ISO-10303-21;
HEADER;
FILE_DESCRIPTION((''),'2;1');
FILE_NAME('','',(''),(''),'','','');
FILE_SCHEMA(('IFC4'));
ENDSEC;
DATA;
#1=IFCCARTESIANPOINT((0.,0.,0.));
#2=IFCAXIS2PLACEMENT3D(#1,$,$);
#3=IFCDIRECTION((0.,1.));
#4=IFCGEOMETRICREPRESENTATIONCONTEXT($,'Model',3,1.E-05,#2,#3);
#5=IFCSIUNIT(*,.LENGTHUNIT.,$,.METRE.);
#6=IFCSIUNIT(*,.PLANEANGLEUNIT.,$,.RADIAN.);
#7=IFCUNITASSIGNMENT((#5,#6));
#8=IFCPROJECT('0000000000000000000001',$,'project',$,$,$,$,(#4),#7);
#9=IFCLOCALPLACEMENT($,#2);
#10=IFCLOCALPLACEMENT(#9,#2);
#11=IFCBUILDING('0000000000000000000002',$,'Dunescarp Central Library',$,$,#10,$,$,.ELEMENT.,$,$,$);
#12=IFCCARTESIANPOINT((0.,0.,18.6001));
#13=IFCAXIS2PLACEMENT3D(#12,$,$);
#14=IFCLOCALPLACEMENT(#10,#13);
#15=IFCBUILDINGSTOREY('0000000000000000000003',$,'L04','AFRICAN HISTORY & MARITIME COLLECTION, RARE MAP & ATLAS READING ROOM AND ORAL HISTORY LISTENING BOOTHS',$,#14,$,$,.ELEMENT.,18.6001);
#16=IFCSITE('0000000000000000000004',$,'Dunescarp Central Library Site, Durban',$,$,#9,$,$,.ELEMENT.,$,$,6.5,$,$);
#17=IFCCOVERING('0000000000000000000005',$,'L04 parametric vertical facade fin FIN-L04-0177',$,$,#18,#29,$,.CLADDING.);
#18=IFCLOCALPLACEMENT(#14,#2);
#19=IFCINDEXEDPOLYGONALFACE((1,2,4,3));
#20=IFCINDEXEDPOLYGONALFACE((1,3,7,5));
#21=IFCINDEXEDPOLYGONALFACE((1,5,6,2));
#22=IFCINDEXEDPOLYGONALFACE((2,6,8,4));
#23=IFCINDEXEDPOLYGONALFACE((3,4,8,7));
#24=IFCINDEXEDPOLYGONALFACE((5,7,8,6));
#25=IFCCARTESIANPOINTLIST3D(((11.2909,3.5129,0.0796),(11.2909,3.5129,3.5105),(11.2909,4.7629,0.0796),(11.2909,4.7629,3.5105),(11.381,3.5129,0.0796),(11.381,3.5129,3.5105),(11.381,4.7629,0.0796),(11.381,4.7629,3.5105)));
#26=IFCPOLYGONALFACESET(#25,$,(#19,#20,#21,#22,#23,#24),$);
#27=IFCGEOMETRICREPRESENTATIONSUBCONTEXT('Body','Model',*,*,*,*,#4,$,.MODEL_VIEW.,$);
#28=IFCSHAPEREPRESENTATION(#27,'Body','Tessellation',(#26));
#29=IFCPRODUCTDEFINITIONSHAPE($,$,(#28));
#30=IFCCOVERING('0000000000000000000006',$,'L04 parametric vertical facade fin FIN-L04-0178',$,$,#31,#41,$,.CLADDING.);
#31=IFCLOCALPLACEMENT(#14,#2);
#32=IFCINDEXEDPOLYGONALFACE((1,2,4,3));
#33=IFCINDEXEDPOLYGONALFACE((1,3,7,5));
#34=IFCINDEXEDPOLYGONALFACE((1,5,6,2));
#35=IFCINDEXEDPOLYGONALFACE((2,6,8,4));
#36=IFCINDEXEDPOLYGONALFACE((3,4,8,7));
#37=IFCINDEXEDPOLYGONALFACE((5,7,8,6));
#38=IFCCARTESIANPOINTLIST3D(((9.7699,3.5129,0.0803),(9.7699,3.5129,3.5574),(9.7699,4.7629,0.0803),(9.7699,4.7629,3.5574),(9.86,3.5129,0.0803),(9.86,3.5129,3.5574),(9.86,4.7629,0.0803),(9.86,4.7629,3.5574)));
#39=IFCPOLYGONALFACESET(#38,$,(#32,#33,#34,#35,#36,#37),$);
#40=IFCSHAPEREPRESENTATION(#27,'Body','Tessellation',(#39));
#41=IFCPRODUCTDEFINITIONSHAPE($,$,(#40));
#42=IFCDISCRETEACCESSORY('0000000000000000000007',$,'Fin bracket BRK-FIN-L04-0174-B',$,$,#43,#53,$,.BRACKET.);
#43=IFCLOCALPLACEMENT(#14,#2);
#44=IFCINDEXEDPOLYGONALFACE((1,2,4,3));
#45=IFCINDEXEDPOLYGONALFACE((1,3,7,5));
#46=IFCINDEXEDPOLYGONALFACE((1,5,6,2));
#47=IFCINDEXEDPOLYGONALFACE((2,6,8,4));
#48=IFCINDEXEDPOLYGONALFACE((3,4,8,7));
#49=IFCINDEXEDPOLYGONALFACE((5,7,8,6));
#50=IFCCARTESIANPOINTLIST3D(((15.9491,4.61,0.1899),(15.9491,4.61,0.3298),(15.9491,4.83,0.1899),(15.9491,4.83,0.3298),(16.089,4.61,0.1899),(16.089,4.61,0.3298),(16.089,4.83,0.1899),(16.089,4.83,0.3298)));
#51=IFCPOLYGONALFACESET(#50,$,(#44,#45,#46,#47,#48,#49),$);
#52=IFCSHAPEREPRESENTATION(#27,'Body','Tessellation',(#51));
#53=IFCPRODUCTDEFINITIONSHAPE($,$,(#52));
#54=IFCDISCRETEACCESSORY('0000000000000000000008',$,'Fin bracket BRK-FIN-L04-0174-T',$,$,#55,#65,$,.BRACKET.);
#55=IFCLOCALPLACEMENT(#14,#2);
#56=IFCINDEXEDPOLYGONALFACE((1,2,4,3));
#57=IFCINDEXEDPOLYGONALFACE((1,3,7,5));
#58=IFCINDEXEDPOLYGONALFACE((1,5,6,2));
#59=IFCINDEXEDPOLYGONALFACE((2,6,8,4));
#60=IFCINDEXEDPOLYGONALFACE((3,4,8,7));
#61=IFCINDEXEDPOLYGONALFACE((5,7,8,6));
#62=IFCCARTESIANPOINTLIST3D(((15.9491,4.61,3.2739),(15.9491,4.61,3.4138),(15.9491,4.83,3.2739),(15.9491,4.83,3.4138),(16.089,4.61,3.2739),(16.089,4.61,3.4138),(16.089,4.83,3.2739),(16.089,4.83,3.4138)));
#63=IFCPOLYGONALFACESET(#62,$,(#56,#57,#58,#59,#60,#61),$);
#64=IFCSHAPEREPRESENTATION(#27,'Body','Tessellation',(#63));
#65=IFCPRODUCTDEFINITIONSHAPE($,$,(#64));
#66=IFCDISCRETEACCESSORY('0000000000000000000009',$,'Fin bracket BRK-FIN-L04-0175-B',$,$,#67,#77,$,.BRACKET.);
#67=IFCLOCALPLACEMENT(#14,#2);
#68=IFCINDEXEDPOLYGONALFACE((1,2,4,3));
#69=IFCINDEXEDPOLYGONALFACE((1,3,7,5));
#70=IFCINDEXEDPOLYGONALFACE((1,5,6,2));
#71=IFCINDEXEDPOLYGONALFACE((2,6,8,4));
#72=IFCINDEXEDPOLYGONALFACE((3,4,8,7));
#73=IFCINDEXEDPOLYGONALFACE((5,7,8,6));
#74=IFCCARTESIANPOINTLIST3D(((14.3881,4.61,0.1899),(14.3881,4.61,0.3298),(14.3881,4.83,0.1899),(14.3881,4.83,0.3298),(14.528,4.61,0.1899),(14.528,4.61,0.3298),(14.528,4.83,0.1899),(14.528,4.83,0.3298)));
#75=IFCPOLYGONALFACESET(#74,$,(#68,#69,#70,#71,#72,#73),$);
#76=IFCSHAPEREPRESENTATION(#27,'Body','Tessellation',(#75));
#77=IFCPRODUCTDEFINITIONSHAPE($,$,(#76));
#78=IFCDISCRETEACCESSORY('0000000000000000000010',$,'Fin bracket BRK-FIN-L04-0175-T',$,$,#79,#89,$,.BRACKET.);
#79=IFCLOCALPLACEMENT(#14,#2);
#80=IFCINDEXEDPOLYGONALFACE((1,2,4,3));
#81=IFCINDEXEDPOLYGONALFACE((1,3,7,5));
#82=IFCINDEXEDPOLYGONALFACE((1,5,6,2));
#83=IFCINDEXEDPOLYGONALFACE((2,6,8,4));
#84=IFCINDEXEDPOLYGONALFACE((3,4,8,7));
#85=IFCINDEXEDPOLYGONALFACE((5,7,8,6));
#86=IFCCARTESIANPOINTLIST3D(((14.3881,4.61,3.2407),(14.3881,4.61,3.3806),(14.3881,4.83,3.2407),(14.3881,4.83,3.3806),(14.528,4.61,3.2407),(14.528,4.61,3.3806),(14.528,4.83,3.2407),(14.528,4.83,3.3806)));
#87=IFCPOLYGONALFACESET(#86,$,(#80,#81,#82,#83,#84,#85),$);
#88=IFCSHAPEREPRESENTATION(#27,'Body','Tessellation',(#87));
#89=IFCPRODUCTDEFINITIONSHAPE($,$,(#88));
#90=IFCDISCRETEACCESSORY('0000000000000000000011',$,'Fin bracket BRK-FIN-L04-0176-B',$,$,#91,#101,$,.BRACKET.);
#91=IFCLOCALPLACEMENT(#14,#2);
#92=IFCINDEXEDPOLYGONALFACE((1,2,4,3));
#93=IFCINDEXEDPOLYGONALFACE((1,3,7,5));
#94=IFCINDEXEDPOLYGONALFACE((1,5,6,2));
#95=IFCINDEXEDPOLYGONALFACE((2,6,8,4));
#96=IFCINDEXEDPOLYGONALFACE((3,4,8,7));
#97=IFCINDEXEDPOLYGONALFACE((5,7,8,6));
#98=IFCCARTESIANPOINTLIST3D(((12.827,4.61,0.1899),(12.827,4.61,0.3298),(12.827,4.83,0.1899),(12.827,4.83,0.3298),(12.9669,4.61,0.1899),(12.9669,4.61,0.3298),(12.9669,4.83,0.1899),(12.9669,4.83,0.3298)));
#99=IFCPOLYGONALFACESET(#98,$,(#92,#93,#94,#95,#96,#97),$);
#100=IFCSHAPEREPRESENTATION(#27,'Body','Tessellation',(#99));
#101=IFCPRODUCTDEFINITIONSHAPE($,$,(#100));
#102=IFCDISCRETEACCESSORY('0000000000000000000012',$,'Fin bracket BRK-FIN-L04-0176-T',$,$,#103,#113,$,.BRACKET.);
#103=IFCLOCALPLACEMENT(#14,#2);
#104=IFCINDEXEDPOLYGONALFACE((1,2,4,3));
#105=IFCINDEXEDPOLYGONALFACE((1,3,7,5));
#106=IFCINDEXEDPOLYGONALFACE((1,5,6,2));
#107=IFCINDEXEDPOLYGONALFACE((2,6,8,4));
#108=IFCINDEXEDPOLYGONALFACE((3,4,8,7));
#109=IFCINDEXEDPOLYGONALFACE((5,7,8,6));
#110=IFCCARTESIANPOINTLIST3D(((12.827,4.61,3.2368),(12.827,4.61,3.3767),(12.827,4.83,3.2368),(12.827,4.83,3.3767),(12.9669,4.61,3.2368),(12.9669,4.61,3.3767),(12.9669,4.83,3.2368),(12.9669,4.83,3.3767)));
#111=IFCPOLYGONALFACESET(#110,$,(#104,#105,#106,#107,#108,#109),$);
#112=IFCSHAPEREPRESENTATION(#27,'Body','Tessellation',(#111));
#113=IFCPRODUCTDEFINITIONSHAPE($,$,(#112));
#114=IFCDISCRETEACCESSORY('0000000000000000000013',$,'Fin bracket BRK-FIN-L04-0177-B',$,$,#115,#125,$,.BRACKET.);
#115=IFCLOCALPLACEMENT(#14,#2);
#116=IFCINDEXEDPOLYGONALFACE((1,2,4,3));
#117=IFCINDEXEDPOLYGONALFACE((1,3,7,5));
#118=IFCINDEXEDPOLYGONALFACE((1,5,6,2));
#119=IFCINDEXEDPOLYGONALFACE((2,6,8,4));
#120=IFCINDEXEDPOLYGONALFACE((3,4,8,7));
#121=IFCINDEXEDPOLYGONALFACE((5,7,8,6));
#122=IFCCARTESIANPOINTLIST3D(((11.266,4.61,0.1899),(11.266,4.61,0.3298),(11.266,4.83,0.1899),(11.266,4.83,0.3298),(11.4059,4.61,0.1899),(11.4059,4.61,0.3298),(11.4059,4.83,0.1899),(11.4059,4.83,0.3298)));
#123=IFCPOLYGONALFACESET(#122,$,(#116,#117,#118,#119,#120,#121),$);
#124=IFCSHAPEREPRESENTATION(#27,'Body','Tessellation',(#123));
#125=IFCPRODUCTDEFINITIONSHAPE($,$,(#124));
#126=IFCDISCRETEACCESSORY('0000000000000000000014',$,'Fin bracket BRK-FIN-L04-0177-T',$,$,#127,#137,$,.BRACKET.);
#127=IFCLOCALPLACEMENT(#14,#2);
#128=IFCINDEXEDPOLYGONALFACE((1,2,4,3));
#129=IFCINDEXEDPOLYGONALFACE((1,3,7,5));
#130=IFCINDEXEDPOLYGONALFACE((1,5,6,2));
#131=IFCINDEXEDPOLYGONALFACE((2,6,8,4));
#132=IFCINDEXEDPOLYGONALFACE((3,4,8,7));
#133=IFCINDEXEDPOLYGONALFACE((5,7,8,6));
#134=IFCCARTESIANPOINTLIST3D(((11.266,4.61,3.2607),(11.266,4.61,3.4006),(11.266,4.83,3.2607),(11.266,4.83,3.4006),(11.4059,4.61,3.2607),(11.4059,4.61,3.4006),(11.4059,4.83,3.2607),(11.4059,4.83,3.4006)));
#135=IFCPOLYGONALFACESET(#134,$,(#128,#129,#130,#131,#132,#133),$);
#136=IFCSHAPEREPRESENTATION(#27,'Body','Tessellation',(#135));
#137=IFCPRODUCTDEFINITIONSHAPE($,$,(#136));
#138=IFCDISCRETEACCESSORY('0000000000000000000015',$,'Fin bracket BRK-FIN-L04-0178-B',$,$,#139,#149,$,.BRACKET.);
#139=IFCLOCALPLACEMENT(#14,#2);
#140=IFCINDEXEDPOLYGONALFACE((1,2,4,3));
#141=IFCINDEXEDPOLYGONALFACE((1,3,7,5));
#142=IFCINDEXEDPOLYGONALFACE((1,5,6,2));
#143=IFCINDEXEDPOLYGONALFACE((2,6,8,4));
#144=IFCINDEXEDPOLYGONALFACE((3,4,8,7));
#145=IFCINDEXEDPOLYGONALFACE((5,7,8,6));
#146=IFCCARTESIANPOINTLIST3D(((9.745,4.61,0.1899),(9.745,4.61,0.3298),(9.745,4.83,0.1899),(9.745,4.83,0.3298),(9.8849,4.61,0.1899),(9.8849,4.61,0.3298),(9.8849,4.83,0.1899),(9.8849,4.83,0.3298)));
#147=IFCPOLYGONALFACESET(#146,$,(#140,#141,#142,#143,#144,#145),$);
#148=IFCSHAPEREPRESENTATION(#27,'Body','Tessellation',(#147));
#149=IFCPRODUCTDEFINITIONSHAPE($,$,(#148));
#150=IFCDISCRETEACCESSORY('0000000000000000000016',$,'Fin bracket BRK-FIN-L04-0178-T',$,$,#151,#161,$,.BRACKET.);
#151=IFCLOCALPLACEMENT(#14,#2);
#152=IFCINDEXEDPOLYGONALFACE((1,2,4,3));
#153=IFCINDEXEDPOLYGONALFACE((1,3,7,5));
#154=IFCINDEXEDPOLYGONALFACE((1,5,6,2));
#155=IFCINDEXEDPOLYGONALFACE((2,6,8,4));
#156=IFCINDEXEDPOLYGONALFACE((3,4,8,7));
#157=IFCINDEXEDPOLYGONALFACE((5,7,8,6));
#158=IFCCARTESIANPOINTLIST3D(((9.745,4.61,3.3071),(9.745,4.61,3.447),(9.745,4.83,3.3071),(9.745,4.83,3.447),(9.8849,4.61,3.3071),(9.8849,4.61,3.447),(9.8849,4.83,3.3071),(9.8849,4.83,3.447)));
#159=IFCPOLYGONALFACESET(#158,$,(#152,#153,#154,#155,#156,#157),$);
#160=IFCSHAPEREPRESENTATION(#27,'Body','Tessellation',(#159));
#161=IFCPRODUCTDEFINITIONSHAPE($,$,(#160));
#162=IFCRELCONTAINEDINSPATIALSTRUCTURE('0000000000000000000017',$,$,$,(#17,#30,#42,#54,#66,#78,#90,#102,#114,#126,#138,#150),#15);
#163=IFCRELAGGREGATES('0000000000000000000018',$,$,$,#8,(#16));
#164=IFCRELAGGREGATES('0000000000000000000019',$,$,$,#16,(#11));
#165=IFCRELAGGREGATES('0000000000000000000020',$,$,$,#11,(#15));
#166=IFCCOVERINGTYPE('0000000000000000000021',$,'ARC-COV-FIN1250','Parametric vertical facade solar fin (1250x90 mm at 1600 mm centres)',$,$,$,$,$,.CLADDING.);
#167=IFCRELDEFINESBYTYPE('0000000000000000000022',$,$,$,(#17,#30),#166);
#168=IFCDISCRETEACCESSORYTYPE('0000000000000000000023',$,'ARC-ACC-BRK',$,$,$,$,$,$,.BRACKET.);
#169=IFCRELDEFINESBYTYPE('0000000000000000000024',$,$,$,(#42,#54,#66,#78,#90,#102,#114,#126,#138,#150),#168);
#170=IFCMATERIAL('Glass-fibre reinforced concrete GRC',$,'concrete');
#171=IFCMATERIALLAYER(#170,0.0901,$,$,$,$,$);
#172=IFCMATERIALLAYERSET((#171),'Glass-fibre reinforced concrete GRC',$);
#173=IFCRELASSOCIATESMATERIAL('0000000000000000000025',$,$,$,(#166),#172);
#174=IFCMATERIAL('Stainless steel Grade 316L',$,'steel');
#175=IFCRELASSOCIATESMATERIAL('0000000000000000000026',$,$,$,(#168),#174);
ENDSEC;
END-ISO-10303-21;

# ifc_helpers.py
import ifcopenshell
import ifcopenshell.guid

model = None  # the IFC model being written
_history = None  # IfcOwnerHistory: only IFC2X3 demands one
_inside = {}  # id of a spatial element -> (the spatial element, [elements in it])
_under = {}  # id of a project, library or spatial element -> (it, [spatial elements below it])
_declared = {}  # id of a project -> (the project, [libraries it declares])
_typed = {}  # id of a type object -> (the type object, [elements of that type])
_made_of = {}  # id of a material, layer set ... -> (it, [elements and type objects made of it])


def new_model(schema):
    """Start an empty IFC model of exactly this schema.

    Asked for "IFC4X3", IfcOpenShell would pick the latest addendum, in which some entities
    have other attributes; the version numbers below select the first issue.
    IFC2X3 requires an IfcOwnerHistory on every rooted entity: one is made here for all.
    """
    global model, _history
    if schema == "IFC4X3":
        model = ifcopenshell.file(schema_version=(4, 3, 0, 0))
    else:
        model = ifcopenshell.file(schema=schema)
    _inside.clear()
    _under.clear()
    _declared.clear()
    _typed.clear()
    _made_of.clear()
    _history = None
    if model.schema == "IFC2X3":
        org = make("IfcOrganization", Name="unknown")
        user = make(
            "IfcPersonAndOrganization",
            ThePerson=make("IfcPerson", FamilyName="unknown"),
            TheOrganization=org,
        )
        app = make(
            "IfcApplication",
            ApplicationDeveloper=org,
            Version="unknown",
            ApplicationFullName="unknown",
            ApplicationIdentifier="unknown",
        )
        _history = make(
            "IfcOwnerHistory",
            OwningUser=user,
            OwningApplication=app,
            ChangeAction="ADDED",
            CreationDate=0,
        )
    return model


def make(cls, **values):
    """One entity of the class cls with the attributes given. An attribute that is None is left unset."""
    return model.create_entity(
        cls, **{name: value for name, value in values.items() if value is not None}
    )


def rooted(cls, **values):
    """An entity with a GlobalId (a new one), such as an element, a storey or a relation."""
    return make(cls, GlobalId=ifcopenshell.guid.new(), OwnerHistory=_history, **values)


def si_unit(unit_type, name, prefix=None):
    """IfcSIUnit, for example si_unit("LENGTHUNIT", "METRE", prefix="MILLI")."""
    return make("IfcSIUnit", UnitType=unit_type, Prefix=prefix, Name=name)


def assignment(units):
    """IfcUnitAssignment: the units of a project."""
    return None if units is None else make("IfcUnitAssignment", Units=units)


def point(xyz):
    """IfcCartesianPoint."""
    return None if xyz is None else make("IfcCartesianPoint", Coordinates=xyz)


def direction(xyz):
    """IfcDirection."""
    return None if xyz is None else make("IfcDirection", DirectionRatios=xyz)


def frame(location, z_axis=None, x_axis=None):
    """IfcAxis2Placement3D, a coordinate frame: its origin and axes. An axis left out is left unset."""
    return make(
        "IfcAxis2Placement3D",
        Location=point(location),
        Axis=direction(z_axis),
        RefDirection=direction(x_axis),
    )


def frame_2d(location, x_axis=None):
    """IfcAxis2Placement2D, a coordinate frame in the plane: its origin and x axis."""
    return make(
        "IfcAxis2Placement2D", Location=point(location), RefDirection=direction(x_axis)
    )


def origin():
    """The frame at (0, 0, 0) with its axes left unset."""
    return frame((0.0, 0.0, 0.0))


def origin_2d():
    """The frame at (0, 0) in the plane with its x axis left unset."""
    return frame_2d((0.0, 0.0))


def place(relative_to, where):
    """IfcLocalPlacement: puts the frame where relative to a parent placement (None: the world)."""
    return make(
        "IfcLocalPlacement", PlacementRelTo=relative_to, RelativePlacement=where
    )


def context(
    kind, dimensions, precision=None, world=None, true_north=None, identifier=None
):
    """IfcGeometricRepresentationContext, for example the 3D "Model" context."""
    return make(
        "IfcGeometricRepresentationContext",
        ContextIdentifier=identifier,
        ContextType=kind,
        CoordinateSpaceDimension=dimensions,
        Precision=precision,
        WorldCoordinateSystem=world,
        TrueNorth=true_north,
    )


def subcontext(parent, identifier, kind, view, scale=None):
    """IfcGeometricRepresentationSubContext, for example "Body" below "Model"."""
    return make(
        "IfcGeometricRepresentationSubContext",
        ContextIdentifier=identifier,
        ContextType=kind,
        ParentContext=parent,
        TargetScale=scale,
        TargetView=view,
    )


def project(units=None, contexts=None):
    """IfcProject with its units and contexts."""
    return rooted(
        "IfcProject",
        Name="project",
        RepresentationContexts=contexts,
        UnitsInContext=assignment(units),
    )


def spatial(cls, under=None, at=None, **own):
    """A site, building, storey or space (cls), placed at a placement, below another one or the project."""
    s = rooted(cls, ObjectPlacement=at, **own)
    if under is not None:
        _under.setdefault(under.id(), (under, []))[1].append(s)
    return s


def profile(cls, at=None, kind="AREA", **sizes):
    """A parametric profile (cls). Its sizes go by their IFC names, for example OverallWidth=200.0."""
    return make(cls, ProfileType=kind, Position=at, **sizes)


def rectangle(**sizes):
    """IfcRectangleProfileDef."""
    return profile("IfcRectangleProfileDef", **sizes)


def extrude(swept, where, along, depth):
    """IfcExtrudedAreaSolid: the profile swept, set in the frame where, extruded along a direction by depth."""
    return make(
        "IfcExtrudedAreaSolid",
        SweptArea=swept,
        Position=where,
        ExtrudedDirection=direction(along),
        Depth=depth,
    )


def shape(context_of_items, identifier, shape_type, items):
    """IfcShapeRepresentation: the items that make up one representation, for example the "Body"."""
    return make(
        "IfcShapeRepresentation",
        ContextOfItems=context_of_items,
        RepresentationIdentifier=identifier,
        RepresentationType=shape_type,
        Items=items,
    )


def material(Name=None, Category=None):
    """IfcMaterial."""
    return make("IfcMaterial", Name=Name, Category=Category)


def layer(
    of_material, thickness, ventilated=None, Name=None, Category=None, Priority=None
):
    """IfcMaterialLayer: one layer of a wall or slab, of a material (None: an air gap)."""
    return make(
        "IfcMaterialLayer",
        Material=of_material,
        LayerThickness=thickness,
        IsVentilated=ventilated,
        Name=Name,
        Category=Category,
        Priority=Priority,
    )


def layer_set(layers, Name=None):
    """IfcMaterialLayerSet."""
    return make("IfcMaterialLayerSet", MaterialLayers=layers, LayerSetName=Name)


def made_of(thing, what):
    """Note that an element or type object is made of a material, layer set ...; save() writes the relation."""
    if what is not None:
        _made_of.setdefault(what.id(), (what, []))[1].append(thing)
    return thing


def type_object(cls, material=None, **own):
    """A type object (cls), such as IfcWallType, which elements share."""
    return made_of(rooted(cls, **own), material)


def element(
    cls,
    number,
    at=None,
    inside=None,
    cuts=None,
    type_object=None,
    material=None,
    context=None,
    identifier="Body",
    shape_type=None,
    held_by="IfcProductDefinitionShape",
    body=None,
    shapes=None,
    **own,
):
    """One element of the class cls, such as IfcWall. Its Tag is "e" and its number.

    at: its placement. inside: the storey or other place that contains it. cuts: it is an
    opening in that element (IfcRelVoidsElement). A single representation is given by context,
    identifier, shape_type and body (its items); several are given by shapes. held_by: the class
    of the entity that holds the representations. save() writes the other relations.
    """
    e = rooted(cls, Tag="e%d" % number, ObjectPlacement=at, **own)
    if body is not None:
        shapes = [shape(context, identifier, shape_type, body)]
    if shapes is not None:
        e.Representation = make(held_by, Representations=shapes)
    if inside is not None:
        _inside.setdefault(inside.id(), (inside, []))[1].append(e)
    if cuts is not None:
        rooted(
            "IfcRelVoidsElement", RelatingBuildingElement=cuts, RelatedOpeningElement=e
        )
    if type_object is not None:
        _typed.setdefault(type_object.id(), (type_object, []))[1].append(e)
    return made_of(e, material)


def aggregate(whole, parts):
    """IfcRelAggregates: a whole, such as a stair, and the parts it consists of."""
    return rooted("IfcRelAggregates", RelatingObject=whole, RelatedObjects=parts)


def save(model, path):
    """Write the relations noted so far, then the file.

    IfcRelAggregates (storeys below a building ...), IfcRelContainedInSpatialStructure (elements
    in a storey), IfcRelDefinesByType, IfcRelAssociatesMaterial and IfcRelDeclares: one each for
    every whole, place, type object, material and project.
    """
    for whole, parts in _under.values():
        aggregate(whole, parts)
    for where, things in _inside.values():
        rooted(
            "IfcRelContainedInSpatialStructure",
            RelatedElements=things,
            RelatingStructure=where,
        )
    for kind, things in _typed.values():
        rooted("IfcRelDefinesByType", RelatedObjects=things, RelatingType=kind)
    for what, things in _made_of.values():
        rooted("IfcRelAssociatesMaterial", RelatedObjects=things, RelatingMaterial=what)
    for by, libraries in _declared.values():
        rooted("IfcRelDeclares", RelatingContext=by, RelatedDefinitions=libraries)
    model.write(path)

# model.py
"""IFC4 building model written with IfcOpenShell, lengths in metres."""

from ifc_helpers import new_model, si_unit, direction, frame, origin, origin_2d, place, context, subcontext, project, spatial, rectangle, extrude, material, layer, layer_set, type_object, element, save


model = new_model("IFC4")

# Units and contexts
model_context = context("Model", 3, precision=1e-05, world=origin(), true_north=direction((0.0, 1.0)))
body_context = subcontext(model_context, "Body", "Model", "MODEL_VIEW")
ifc_project = project(units=[si_unit("LENGTHUNIT", "METRE"), si_unit("PLANEANGLEUNIT", "RADIAN")], contexts=[model_context])

# Site, building, storey
site_placement = place(None, origin())
site = spatial("IfcSite", under=ifc_project, at=site_placement, Name="Dunescarp Central Library Site, Durban", CompositionType="ELEMENT", RefElevation=6.5)
building_placement = place(site_placement, origin())
building = spatial("IfcBuilding", under=site, at=building_placement, Name="Dunescarp Central Library", CompositionType="ELEMENT")
storey_placement = place(building_placement, frame((0.0, 0.0, 18.6001)))
storey = spatial("IfcBuildingStorey", under=building, at=storey_placement, Name="L04", Description="AFRICAN HISTORY & MARITIME COLLECTION, RARE MAP & ATLAS READING ROOM AND ORAL HISTORY LISTENING BOOTHS", CompositionType="ELEMENT", Elevation=18.6001)

# Coverings
ifc_material_1 = material(Name="Glass-fibre reinforced concrete GRC", Category="concrete")
ifc_layer_1 = layer(ifc_material_1, 0.0901)
ifc_layer_set_1 = layer_set([ifc_layer_1], Name="Glass-fibre reinforced concrete GRC")
covering_type = type_object("IfcCoveringType", Name="ARC-COV-FIN1250", Description="Parametric vertical facade solar fin (1250x90 mm at 1600 mm centres)", PredefinedType="CLADDING", material=ifc_layer_set_1)
covering_1_placement = place(storey_placement, frame((11.3359, 4.1379, 0.0796), z_axis=(0.0, 0.0, 1.0), x_axis=(0.0, -1.0, 0.0)))
element("IfcCovering", 1, at=covering_1_placement, inside=storey, type_object=covering_type, Name="L04 parametric vertical facade fin FIN-L04-0177", PredefinedType="CLADDING", context=body_context, shape_type="SweptSolid", body=[
    extrude(rectangle(XDim=1.25, YDim=0.0901, at=origin_2d()), origin(), (0.0, 0.0, 1.0), 3.4309),
])
covering_2_placement = place(storey_placement, frame((9.8149, 4.1379, 0.0803), z_axis=(0.0, 0.0, 1.0), x_axis=(0.0, -1.0, 0.0)))
element("IfcCovering", 2, at=covering_2_placement, inside=storey, type_object=covering_type, Name="L04 parametric vertical facade fin FIN-L04-0178", PredefinedType="CLADDING", context=body_context, shape_type="SweptSolid", body=[
    extrude(rectangle(XDim=1.25, YDim=0.0901, at=origin_2d()), origin(), (0.0, 0.0, 1.0), 3.4771),
])

# Discrete accessories
ifc_material_2 = material(Name="Stainless steel Grade 316L", Category="steel")
discrete_accessory_type = type_object("IfcDiscreteAccessoryType", Name="ARC-ACC-BRK", PredefinedType="BRACKET", material=ifc_material_2)
for number, where, z_axis, x_axis, name in (
    (3, (16.019, 4.72, 0.1899), (0.0, 0.0, 1.0), (0.0, -1.0, 0.0), "Fin bracket BRK-FIN-L04-0174-B"),
    (4, (16.019, 4.72, 3.2739), (0.0, 0.0, 1.0), (0.0, -1.0, 0.0), "Fin bracket BRK-FIN-L04-0174-T"),
    (5, (14.458, 4.72, 0.1899), (0.0, 0.0, 1.0), (0.0, -1.0, 0.0), "Fin bracket BRK-FIN-L04-0175-B"),
    (6, (14.458, 4.72, 3.2407), (0.0, 0.0, 1.0), (0.0, -1.0, 0.0), "Fin bracket BRK-FIN-L04-0175-T"),
    (7, (12.897, 4.72, 0.1899), (0.0, 0.0, 1.0), (0.0, -1.0, 0.0), "Fin bracket BRK-FIN-L04-0176-B"),
    (8, (12.897, 4.72, 3.2368), (0.0, 0.0, 1.0), (0.0, -1.0, 0.0), "Fin bracket BRK-FIN-L04-0176-T"),
    (9, (11.3359, 4.72, 0.1899), (0.0, 0.0, 1.0), (0.0, -1.0, 0.0), "Fin bracket BRK-FIN-L04-0177-B"),
    (10, (11.3359, 4.72, 3.2607), (0.0, 0.0, 1.0), (0.0, -1.0, 0.0), "Fin bracket BRK-FIN-L04-0177-T"),
    (11, (9.8149, 4.72, 0.1899), (0.0, 0.0, 1.0), (0.0, -1.0, 0.0), "Fin bracket BRK-FIN-L04-0178-B"),
    (12, (9.8149, 4.72, 3.3071), (0.0, 0.0, 1.0), (0.0, -1.0, 0.0), "Fin bracket BRK-FIN-L04-0178-T"),
):
    element("IfcDiscreteAccessory", number, at=place(storey_placement, frame(where, z_axis=z_axis, x_axis=x_axis)), inside=storey, type_object=discrete_accessory_type, Name=name, PredefinedType="BRACKET", context=body_context, shape_type="SweptSolid", body=[
        extrude(rectangle(XDim=0.22, YDim=0.1399, at=origin_2d()), origin(), (0.0, 0.0, 1.0), 0.1399),
    ])

save(model, "model.ifc")
